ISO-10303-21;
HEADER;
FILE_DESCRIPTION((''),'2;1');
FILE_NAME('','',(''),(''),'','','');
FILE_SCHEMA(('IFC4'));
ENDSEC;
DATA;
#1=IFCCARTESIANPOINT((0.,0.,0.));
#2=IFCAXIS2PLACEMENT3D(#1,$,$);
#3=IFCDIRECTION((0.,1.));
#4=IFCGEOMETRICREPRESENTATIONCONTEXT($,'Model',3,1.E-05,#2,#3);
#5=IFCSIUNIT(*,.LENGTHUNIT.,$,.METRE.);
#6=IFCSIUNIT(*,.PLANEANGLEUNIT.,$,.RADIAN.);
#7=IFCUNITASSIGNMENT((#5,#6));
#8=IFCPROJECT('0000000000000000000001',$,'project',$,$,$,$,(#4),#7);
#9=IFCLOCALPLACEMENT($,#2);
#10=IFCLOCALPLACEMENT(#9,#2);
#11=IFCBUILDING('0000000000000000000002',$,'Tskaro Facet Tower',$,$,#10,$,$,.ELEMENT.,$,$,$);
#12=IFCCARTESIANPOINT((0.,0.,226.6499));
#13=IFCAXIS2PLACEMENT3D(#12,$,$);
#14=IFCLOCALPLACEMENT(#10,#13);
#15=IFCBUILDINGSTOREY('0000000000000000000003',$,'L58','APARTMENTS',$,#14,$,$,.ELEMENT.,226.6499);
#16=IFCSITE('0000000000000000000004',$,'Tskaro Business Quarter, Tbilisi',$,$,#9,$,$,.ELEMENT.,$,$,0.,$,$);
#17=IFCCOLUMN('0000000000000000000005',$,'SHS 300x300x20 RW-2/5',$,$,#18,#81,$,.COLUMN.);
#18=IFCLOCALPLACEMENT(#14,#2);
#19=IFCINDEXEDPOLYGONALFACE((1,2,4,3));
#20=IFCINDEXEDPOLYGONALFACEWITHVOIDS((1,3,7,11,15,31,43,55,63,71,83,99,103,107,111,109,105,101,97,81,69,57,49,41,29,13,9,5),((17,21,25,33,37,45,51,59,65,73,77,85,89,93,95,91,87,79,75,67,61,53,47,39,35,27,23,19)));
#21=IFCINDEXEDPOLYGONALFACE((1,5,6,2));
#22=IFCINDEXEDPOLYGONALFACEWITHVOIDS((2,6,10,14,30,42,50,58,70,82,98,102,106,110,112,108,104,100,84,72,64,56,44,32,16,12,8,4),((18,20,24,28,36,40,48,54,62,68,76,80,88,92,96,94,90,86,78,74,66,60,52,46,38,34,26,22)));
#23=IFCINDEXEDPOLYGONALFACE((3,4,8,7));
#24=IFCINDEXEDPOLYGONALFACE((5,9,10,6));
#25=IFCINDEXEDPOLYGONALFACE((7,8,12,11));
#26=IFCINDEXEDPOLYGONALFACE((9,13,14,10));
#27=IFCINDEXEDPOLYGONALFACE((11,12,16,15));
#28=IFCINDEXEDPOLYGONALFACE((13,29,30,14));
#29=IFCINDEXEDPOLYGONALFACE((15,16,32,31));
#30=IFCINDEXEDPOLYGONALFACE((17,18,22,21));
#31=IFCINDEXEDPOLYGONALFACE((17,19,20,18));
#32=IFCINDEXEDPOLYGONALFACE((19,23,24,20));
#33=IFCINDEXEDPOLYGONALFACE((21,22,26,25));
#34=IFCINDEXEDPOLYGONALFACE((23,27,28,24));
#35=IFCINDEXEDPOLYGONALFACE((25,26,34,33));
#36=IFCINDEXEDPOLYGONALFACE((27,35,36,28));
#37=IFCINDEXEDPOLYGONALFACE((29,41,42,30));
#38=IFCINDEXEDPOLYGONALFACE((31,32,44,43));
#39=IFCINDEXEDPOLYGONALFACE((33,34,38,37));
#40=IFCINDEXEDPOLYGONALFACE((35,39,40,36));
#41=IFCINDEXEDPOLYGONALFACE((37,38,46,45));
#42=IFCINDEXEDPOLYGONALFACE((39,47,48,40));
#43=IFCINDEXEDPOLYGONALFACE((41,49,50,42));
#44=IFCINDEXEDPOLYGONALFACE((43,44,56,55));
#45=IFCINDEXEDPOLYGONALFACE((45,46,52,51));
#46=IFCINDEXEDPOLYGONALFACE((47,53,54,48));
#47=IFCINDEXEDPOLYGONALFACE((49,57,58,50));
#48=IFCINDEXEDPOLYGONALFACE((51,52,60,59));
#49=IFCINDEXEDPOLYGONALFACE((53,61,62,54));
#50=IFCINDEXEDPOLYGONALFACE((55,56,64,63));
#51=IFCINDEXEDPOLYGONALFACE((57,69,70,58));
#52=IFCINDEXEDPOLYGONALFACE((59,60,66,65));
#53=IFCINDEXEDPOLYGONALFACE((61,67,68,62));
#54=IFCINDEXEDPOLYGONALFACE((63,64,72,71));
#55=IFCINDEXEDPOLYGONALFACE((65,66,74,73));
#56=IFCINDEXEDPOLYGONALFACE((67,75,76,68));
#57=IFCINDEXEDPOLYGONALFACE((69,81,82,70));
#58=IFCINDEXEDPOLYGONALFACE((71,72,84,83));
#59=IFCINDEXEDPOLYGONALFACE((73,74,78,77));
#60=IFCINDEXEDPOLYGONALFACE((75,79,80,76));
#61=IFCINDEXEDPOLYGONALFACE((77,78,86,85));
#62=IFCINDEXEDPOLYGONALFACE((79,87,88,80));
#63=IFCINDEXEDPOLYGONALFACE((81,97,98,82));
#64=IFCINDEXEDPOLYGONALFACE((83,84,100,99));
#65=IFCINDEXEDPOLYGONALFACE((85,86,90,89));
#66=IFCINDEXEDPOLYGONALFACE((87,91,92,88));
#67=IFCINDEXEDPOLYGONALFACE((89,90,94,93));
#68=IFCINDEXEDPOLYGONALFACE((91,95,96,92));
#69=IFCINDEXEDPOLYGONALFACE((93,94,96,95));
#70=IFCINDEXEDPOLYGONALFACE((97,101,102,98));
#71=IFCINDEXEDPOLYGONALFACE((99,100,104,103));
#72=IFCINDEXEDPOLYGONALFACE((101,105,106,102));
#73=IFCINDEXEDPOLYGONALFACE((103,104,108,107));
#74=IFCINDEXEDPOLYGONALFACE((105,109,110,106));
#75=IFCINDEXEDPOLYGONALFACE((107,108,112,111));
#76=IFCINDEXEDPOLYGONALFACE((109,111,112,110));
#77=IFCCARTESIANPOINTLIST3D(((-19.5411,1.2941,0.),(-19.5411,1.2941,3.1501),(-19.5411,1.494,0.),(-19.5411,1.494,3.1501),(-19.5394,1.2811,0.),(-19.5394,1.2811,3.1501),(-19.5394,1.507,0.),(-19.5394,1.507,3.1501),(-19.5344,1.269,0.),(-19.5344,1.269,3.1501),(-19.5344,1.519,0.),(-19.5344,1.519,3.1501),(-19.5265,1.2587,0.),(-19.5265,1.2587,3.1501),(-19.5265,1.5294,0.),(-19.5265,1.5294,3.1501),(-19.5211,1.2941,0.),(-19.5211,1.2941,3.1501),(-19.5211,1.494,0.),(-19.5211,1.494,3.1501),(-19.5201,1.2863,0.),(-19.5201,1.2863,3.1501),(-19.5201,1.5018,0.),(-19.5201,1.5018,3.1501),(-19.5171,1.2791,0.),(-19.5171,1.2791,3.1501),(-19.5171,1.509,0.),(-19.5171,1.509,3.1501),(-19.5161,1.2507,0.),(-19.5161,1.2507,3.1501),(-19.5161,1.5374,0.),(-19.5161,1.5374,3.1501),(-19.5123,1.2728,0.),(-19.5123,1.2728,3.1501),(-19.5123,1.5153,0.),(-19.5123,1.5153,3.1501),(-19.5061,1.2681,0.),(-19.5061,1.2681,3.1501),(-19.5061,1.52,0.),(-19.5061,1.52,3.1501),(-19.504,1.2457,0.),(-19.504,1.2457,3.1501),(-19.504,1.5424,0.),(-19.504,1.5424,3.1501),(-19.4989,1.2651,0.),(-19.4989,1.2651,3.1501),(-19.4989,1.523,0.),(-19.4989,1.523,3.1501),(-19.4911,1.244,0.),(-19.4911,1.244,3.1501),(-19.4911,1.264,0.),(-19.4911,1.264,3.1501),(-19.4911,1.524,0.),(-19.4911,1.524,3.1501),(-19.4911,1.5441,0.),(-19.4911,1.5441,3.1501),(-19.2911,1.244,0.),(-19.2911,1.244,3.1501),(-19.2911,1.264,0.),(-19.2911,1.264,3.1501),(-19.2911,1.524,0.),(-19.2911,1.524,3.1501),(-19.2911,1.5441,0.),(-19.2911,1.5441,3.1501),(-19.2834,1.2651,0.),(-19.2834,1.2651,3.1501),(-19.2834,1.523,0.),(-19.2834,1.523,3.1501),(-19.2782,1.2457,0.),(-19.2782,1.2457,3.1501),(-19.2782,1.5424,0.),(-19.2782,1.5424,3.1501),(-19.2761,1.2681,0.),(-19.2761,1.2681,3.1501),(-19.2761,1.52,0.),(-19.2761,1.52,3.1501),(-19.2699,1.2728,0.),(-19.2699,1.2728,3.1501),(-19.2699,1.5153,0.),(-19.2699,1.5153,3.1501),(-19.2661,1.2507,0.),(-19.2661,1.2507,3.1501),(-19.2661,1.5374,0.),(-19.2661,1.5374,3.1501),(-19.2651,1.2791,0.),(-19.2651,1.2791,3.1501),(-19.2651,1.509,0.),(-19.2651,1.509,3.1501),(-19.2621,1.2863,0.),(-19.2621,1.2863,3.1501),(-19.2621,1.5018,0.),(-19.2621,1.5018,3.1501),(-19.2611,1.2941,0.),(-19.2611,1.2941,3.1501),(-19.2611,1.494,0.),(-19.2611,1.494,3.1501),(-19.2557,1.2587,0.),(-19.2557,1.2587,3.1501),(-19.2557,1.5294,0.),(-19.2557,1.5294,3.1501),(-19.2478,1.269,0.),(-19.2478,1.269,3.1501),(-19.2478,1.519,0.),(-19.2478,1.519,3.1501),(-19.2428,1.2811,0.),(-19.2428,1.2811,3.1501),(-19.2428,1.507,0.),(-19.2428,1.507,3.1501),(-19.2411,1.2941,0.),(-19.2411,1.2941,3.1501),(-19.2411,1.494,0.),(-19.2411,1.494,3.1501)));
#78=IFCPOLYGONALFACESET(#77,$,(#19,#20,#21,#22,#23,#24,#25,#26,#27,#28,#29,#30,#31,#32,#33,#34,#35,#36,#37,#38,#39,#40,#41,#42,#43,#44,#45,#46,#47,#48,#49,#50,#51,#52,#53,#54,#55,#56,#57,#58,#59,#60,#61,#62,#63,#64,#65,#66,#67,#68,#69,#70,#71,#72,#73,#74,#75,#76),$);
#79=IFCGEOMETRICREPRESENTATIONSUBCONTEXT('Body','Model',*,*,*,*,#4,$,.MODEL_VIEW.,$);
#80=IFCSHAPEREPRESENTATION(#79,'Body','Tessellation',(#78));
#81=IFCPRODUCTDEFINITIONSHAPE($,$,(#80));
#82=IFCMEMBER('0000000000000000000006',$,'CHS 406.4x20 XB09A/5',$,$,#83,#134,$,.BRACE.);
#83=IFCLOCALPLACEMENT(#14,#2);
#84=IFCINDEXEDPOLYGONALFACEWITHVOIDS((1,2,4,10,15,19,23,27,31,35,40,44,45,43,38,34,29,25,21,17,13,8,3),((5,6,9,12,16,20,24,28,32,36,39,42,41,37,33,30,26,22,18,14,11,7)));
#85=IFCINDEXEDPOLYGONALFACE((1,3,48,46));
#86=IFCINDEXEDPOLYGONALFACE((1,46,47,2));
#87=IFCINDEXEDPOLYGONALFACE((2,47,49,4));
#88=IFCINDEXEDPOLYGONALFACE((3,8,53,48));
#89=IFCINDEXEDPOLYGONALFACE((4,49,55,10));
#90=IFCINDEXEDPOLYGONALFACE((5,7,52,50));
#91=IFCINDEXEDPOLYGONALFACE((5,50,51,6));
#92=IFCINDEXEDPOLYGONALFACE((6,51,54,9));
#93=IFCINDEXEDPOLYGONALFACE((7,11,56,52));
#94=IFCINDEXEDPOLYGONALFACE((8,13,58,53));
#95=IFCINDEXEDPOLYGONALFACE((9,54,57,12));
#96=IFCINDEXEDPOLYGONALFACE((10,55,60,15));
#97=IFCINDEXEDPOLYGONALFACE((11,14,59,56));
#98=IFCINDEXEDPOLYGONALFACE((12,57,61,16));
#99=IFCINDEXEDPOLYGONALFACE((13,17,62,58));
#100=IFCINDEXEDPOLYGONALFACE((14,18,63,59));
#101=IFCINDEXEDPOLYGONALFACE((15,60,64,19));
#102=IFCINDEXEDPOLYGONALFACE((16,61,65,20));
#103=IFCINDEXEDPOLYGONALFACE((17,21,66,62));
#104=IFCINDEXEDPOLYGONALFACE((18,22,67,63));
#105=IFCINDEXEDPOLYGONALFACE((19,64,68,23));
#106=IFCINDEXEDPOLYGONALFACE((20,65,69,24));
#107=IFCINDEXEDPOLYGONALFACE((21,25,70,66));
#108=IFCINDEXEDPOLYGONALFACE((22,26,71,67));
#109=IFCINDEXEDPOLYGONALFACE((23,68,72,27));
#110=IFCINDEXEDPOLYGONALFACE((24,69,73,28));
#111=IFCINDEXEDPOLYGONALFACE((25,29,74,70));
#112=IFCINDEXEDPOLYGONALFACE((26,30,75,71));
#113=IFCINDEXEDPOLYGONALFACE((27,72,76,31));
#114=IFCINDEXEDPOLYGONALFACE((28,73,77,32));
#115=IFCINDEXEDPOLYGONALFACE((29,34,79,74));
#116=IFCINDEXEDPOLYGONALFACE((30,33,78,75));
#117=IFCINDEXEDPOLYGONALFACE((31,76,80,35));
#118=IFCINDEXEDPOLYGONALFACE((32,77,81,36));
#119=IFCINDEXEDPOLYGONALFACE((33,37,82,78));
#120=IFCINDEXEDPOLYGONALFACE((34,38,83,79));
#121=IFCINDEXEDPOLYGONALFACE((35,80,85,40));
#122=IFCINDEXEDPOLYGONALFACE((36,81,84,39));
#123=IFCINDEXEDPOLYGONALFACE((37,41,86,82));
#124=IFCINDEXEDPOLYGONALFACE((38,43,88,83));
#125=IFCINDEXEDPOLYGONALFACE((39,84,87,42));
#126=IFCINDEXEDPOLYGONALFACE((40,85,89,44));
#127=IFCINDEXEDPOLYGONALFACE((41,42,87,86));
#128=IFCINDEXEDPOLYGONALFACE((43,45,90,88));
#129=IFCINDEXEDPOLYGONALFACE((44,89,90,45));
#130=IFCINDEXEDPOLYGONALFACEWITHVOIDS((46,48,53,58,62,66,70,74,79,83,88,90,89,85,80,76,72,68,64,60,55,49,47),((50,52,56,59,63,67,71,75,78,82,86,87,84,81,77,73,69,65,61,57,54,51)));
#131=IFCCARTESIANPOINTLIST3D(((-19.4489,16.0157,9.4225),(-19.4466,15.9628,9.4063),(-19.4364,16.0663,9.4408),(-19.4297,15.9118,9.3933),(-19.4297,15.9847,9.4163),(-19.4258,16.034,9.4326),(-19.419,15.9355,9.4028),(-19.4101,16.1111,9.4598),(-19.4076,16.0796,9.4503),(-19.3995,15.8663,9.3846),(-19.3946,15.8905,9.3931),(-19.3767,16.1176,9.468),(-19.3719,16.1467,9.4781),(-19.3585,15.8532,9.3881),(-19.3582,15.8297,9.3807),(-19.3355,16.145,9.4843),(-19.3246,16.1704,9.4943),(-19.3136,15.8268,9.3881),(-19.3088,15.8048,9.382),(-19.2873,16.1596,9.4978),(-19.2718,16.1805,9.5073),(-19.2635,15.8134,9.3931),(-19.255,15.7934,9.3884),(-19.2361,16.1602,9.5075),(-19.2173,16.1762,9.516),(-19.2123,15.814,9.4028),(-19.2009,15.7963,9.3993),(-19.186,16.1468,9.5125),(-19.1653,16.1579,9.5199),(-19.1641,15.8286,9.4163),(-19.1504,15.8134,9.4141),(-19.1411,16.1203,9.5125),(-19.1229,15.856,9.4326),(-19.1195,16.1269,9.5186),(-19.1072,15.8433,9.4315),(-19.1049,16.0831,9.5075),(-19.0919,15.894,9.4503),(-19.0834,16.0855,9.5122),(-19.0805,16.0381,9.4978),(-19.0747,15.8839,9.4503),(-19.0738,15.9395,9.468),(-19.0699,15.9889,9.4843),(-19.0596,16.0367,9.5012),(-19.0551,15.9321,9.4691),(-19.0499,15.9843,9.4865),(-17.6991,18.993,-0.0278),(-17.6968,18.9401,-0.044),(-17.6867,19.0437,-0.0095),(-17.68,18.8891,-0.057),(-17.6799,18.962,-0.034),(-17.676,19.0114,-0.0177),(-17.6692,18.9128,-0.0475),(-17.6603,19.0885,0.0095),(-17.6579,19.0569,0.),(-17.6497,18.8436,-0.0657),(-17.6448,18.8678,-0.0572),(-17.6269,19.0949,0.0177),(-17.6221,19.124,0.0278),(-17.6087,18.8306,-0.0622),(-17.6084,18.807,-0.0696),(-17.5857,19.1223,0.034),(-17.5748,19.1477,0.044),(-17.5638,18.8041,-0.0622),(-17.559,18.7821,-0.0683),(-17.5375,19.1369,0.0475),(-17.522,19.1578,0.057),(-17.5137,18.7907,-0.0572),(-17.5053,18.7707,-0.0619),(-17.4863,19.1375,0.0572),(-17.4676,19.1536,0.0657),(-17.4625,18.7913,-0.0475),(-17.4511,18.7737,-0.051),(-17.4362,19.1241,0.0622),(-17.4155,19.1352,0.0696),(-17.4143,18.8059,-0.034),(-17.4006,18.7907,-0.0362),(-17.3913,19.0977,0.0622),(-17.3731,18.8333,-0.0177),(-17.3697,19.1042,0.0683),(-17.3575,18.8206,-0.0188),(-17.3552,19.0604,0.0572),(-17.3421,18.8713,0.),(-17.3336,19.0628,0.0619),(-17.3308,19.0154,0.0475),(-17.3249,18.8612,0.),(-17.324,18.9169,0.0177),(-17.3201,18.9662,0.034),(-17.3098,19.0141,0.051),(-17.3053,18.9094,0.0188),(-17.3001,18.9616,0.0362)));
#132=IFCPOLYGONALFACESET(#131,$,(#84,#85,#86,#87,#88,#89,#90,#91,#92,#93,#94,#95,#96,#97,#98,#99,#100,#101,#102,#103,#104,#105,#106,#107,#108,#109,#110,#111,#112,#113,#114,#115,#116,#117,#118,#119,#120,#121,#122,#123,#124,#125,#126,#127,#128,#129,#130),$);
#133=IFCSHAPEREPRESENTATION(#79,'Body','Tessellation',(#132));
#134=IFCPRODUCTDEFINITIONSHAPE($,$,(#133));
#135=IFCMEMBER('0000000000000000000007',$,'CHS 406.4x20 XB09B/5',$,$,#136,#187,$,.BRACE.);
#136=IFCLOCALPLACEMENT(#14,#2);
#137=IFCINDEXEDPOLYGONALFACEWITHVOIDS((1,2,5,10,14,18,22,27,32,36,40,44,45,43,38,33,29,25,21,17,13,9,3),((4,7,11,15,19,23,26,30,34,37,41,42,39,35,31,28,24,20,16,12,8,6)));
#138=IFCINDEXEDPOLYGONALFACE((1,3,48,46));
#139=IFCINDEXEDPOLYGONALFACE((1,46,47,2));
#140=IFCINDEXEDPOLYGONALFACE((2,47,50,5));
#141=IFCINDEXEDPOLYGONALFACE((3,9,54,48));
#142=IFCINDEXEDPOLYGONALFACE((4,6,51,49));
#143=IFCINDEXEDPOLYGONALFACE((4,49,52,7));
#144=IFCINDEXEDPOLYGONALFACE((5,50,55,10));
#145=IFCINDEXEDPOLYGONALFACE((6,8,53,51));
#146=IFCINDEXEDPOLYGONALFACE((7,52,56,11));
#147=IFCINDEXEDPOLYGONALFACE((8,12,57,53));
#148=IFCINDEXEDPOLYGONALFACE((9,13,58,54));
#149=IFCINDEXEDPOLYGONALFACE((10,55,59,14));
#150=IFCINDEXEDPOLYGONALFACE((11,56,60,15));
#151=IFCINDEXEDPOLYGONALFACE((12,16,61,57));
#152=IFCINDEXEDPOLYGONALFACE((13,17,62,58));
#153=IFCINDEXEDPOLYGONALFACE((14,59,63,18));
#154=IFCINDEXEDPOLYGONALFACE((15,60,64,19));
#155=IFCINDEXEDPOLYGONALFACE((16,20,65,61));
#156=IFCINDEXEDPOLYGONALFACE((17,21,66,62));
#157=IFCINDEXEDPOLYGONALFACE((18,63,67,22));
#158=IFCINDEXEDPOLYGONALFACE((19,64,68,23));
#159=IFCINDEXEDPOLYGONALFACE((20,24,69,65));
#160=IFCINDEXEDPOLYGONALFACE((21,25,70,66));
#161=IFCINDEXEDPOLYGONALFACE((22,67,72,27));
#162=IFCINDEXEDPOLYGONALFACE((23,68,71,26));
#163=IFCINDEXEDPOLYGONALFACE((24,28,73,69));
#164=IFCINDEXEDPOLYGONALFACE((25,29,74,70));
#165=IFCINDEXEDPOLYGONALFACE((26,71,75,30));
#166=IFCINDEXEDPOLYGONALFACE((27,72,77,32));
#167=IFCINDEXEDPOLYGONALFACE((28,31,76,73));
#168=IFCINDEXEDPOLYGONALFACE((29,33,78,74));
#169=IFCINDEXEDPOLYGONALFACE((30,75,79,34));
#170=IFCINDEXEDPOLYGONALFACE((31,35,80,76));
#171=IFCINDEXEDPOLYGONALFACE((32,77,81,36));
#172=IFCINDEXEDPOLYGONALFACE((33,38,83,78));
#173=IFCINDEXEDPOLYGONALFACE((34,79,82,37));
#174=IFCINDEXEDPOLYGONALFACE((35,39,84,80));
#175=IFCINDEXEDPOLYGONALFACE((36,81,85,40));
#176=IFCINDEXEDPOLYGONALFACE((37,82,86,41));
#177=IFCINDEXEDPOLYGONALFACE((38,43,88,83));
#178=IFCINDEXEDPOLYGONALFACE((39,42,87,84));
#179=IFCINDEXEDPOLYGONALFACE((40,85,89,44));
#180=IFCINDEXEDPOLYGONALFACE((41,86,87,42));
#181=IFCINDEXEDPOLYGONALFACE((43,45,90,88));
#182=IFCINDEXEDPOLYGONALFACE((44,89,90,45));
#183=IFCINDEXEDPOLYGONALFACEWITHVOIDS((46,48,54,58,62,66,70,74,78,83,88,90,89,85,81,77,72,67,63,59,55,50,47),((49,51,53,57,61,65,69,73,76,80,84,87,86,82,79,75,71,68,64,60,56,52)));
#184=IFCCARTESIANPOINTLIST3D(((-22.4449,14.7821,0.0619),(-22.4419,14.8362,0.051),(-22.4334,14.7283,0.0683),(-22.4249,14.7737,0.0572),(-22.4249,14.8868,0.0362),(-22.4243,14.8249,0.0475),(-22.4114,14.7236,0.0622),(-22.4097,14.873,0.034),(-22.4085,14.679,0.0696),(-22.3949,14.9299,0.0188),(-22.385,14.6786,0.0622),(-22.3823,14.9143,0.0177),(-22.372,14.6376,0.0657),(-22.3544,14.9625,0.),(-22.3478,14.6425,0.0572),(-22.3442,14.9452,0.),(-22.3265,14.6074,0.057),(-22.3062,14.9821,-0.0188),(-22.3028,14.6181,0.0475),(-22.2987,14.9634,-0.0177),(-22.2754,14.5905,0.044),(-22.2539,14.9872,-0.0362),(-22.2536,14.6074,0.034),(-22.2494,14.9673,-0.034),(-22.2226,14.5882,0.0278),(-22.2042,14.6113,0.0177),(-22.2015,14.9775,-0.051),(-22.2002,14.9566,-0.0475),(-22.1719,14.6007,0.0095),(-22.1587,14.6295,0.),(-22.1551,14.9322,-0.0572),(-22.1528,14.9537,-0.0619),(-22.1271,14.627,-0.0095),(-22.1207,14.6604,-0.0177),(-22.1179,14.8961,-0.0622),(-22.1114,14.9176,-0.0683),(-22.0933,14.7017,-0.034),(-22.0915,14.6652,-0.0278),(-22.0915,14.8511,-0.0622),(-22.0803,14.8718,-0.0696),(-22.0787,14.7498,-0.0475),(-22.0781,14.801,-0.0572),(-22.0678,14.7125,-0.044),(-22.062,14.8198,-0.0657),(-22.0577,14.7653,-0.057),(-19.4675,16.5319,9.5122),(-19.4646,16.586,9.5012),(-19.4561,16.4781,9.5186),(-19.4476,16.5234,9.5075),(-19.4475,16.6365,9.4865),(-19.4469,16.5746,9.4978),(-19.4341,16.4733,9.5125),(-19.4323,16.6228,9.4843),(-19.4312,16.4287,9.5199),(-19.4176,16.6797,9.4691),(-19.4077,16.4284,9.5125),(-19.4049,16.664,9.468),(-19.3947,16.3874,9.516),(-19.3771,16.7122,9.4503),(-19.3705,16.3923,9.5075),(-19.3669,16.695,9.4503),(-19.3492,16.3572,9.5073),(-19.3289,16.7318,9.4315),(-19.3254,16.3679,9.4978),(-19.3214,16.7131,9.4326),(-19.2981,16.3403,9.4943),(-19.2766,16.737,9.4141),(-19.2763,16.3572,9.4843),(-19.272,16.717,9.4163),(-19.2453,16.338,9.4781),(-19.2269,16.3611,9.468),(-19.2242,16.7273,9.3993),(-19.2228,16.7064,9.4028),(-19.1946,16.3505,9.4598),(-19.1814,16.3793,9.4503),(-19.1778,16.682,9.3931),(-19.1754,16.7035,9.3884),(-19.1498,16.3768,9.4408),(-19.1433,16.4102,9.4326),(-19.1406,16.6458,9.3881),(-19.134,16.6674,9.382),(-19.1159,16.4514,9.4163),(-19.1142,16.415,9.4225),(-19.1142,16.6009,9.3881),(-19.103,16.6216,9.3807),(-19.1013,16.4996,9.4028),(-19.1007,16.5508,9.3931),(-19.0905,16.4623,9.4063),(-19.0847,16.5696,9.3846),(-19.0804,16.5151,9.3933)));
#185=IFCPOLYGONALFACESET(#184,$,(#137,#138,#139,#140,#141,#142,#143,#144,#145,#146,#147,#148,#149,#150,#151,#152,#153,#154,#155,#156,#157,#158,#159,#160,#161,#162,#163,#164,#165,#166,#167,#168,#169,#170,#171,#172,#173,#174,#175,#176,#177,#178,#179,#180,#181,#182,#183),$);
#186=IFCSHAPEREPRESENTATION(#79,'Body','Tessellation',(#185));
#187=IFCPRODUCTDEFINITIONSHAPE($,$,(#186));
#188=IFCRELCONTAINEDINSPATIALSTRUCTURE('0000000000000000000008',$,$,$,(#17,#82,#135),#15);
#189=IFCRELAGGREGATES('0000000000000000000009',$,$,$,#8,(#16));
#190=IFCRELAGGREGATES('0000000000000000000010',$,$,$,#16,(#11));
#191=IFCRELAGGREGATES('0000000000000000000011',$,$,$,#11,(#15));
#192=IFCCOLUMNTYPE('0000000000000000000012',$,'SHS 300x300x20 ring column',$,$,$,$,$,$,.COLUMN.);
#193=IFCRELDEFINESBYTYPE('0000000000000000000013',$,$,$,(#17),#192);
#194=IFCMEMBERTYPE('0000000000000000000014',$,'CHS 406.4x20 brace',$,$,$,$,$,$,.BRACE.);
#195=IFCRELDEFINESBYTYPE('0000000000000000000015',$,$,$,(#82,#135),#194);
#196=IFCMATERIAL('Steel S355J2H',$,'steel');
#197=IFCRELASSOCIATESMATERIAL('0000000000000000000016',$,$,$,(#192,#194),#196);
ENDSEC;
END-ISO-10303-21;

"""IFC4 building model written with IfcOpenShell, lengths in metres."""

from ifc_helpers import new_model, si_unit, direction, frame, origin, origin_2d, place, context, subcontext, project, spatial, hollow_rectangle, hollow_circle, extrude, material, material_profile, profile_set, type_object, element, save


model = new_model("IFC4")

# Units and contexts
model_context = context("Model", 3, precision=1e-05, world=origin(), true_north=direction((0.0, 1.0)))
body_context = subcontext(model_context, "Body", "Model", "MODEL_VIEW")
ifc_project = project(units=[si_unit("LENGTHUNIT", "METRE"), si_unit("PLANEANGLEUNIT", "RADIAN")], contexts=[model_context])

# Site, building, storey
site_placement = place(None, origin())
site = spatial("IfcSite", under=ifc_project, at=site_placement, Name="Tskaro Business Quarter, Tbilisi", CompositionType="ELEMENT", RefElevation=0.0)
building_placement = place(site_placement, origin())
building = spatial("IfcBuilding", under=site, at=building_placement, Name="Tskaro Facet Tower", CompositionType="ELEMENT")
storey_placement = place(building_placement, frame((0.0, 0.0, 226.6499)))
storey = spatial("IfcBuildingStorey", under=building, at=storey_placement, Name="L58", Description="APARTMENTS", CompositionType="ELEMENT", Elevation=226.6499)

# Column
ifc_material_1 = material(Name="Steel S355J2H", Category="steel")
ifc_material_profile_1 = material_profile(ifc_material_1, hollow_rectangle(XDim=0.3, YDim=0.3, WallThickness=0.02, InnerFilletRadius=0.03, OuterFilletRadius=0.05, at=origin_2d()), Name="SHS 300x300x20")
ifc_profile_set_1 = profile_set([ifc_material_profile_1], Name="Steel S355J2H")
column_type_1 = type_object("IfcColumnType", Name="SHS 300x300x20 ring column", PredefinedType="COLUMN", material=ifc_profile_set_1)
for number, where, z_axis, x_axis, name in (
    (1, (-19.3911, 1.394, 0.0), (0.0, 0.0, 1.0), (1.0, 0.0, 0.0), "SHS 300x300x20 RW-2/5"),
):
    element("IfcColumn", number, at=place(storey_placement, frame(where, z_axis=z_axis, x_axis=x_axis)), inside=storey, type_object=column_type_1, Name=name, PredefinedType="COLUMN", context=body_context, shape_type="SweptSolid", body=[
        extrude(hollow_rectangle(XDim=0.3, YDim=0.3, WallThickness=0.02, InnerFilletRadius=0.03, OuterFilletRadius=0.05, at=origin_2d()), origin(), (0.0, 0.0, 1.0), 3.1501),
    ])

# Members
ifc_material_profile_2 = material_profile(ifc_material_1, hollow_circle(Radius=0.2031, WallThickness=0.02, at=origin_2d()), Name="CHS 406.4x20")
ifc_profile_set_2 = profile_set([ifc_material_profile_2], Name="Steel S355J2H")
member_type_1 = type_object("IfcMemberType", Name="CHS 406.4x20 brace", PredefinedType="BRACE", material=ifc_profile_set_2)
for number, where, z_axis, x_axis, name in (
    (2, (-17.5, 18.9641, 0.0), (-0.173907, -0.295912, 0.939251), (0.862136, -0.506677, 0.0), "CHS 406.4x20 XB09A/5"),
    (3, (-22.2515, 14.7874, 0.0), (0.295912, 0.173907, 0.939251), (-0.506677, 0.862136, 0.0), "CHS 406.4x20 XB09B/5"),
):
    element("IfcMember", number, at=place(storey_placement, frame(where, z_axis=z_axis, x_axis=x_axis)), inside=storey, type_object=member_type_1, Name=name, PredefinedType="BRACE", context=body_context, shape_type="SweptSolid", body=[
        extrude(hollow_circle(Radius=0.2031, WallThickness=0.02, at=origin_2d()), origin(), (0.0, 0.0, 1.0), 10.0615),
    ])

save(model, "model.ifc")
